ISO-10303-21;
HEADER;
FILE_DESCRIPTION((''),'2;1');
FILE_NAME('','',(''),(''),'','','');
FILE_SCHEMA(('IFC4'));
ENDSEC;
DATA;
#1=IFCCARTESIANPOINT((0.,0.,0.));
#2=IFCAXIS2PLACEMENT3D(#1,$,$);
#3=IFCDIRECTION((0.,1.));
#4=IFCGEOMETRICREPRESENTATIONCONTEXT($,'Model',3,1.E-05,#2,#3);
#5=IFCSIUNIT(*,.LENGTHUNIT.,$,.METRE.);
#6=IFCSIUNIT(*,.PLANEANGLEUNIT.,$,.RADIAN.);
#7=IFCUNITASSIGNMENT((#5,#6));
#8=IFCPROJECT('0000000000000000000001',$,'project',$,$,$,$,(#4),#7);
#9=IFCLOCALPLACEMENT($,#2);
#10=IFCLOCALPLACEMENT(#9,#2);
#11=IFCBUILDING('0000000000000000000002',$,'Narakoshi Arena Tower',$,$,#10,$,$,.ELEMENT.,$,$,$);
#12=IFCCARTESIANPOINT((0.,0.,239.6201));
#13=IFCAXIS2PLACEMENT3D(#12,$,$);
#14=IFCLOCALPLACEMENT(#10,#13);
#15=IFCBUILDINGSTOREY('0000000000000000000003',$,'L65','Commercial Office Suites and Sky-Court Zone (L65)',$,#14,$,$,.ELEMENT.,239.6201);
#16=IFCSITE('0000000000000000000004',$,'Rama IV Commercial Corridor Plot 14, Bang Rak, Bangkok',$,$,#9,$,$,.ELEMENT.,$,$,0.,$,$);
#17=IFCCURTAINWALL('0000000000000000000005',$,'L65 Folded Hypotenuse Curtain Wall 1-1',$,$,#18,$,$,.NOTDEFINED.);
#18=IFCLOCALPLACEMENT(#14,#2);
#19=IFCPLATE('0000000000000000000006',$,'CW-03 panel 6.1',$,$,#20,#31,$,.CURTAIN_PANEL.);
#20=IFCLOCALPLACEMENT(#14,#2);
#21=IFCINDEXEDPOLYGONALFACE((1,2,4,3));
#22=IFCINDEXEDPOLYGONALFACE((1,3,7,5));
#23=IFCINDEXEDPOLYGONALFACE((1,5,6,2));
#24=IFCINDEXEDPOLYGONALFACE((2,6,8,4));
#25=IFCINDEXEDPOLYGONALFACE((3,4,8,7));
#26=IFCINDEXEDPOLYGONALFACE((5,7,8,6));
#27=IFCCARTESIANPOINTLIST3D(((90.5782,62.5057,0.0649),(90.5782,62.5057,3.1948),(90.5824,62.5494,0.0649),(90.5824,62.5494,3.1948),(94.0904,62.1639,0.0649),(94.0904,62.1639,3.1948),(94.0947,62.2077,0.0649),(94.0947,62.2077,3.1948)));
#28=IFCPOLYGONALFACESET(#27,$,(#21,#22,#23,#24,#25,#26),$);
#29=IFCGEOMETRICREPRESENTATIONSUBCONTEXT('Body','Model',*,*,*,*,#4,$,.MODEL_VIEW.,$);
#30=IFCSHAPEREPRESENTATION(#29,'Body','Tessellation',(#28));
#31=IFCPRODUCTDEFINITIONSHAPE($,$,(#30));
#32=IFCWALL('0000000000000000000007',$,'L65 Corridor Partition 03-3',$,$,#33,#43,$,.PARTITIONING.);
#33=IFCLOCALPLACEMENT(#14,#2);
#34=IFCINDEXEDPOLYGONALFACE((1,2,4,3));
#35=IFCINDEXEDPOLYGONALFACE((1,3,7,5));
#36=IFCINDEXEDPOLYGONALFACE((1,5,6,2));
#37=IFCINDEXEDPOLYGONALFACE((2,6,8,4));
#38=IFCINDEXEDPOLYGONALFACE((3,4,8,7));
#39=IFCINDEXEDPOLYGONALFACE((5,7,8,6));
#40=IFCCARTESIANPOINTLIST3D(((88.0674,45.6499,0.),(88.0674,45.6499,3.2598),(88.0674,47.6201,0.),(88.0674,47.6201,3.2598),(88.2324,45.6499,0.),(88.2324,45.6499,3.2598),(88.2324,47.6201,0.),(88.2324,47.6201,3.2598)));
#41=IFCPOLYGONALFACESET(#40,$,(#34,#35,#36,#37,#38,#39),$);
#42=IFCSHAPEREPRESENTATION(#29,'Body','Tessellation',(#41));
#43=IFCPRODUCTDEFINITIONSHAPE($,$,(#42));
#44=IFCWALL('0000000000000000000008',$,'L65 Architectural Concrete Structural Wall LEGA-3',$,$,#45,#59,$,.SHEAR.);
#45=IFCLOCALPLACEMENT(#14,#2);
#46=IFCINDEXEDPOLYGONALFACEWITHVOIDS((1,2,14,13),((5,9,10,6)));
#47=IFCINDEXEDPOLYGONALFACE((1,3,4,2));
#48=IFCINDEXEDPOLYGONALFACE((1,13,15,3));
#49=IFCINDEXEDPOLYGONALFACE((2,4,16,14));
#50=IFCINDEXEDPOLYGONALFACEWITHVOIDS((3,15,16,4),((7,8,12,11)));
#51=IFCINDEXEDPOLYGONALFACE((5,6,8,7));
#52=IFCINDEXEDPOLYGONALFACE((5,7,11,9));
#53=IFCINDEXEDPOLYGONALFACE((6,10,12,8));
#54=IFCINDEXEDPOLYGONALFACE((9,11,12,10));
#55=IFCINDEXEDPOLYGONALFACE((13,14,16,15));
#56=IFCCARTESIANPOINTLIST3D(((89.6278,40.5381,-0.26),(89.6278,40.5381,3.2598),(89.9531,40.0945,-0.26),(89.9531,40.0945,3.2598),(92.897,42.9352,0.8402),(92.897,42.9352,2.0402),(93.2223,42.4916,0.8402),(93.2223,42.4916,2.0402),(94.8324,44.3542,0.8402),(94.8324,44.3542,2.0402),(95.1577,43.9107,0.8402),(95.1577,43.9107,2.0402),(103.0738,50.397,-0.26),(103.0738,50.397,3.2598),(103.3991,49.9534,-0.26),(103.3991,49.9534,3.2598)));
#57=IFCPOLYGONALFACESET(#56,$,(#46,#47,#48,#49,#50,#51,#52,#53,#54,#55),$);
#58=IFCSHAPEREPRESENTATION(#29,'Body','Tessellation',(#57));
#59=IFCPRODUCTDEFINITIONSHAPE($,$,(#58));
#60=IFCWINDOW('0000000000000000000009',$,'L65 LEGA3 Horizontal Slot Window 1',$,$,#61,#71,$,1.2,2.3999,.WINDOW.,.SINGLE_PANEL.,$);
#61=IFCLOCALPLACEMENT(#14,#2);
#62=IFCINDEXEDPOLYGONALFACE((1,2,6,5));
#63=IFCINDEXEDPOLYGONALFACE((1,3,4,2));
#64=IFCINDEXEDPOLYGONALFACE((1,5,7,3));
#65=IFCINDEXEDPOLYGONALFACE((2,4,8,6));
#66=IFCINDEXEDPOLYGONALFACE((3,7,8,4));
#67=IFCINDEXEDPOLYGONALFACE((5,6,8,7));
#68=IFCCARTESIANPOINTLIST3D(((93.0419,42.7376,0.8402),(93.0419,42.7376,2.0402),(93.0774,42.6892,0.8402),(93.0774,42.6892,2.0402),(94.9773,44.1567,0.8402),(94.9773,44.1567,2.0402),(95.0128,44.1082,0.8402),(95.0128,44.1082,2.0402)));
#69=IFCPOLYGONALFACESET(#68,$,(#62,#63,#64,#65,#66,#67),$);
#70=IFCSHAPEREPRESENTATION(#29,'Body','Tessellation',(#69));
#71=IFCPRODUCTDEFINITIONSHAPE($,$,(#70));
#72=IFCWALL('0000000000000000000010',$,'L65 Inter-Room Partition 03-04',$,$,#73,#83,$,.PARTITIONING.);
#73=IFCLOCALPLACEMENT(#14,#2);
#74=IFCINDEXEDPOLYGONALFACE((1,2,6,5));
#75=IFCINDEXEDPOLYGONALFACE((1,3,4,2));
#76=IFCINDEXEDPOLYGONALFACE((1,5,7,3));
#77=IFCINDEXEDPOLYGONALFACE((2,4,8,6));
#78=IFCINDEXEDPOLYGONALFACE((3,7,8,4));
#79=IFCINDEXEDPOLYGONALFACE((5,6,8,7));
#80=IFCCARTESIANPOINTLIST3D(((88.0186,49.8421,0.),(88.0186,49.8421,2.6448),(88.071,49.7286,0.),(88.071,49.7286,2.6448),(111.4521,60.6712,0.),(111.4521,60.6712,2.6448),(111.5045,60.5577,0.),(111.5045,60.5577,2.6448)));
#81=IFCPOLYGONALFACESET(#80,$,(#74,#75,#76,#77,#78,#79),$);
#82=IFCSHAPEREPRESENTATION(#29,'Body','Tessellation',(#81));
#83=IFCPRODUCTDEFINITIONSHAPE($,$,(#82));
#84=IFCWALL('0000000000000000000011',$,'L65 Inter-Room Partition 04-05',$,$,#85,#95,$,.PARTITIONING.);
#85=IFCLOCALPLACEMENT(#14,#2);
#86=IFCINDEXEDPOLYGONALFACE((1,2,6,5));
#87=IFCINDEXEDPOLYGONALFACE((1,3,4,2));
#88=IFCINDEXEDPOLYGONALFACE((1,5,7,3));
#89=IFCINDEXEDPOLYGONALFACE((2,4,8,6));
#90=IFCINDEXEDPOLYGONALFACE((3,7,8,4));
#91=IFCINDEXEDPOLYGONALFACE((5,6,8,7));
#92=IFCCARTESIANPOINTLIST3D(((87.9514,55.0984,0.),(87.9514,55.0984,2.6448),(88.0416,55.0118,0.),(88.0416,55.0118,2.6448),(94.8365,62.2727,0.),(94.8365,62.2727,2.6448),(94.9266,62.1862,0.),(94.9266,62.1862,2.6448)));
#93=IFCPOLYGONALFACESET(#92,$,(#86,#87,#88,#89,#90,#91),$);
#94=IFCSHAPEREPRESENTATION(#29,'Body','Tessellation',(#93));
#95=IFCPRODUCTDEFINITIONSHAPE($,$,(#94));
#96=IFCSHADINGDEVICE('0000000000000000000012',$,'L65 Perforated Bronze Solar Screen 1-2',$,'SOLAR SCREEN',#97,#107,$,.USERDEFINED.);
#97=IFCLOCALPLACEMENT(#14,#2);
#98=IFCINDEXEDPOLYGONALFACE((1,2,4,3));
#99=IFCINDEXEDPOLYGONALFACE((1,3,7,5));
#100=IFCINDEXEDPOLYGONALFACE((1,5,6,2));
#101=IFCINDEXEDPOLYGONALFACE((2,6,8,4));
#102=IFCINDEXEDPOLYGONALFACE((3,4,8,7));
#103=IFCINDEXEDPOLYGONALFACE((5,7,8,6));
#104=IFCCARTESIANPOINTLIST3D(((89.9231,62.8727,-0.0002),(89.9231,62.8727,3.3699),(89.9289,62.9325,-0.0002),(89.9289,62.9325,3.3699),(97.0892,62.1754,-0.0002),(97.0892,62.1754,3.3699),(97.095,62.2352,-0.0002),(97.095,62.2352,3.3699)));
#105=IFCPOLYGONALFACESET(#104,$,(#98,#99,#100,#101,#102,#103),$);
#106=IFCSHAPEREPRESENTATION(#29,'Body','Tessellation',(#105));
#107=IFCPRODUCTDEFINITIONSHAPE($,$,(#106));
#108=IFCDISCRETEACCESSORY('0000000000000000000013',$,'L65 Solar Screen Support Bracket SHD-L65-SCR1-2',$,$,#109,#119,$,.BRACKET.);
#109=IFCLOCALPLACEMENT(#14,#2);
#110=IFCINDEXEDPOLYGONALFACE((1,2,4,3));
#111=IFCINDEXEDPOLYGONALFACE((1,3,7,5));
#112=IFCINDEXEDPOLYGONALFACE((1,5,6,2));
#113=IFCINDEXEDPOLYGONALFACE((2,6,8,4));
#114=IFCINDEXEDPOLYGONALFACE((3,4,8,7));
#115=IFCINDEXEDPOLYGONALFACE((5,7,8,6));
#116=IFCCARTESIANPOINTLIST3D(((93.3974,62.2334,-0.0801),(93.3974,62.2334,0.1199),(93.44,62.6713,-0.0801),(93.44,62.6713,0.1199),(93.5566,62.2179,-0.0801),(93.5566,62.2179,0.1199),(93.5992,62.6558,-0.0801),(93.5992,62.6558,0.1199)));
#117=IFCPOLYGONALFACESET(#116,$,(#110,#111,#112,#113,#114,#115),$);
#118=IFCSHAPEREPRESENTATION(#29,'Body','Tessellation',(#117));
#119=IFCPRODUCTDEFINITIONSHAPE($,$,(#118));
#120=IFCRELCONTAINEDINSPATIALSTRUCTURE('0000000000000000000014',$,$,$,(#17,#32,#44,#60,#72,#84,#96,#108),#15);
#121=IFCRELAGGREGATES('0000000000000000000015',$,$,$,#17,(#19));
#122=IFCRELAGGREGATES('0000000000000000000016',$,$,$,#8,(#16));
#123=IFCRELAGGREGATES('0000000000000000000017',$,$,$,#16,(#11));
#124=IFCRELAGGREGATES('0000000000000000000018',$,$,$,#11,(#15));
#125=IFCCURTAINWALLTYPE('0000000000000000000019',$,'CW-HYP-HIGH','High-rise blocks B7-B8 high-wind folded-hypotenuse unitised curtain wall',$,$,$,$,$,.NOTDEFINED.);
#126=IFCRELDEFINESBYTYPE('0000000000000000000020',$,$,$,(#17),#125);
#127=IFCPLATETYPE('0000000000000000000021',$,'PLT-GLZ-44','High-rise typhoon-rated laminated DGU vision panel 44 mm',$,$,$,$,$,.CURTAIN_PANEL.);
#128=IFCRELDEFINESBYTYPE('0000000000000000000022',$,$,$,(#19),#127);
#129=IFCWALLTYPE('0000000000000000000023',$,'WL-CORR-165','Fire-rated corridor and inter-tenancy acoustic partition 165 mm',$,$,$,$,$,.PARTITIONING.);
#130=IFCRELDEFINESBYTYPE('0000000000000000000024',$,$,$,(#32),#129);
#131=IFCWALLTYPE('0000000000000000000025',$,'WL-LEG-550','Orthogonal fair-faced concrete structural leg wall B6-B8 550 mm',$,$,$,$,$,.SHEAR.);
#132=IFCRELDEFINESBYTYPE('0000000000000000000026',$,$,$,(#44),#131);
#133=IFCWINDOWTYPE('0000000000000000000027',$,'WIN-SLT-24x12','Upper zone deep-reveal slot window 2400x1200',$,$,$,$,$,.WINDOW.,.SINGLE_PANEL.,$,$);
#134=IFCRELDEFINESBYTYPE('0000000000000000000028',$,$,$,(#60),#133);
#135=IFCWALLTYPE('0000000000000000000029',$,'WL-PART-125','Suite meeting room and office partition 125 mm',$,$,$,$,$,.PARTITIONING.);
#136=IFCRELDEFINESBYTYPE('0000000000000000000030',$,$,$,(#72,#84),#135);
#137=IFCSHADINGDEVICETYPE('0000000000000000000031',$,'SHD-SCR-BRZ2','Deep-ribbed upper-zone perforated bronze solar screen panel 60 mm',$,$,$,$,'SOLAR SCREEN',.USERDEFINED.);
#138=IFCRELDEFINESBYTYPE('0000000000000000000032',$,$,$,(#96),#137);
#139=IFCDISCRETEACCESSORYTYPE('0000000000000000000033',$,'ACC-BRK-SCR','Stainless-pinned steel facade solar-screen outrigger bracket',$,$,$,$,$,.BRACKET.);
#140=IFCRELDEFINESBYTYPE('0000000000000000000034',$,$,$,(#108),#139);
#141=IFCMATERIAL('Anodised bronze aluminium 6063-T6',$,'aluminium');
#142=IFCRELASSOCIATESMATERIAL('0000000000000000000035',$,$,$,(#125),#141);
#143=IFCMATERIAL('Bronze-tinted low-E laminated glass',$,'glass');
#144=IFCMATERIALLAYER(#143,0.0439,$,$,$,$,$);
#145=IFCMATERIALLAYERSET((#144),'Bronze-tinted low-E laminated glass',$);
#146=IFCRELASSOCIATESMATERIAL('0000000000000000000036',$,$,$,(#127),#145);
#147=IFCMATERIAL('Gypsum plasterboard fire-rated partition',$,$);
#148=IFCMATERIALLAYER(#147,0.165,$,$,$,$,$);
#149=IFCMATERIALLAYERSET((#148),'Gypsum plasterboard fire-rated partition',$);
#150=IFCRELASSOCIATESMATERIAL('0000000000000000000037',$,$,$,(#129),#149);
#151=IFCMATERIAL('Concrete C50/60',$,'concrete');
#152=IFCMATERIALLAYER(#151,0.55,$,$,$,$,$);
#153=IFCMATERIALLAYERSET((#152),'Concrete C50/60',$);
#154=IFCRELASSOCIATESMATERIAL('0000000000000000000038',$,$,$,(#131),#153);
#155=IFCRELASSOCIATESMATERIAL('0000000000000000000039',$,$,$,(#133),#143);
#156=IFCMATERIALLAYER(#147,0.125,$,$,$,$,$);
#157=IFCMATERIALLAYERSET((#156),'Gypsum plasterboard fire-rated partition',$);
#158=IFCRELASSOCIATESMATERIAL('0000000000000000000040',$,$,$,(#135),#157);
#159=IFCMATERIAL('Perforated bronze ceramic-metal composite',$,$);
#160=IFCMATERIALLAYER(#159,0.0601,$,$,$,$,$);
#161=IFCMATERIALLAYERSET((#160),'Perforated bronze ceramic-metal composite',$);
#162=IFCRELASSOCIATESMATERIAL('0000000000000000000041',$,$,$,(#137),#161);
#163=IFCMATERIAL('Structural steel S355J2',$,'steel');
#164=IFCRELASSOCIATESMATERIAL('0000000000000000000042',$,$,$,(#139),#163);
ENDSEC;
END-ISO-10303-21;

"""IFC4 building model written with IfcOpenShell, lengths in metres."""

from ifc_helpers import new_model, si_unit, direction, frame, frame_2d, origin, origin_2d, place, context, subcontext, project, spatial, rectangle, extrude, material, layer, layer_set, type_object, element, fill, aggregate, save


model = new_model("IFC4")

# Units and contexts
model_context = context("Model", 3, precision=1e-05, world=origin(), true_north=direction((0.0, 1.0)))
body_context = subcontext(model_context, "Body", "Model", "MODEL_VIEW")
ifc_project = project(units=[si_unit("LENGTHUNIT", "METRE"), si_unit("PLANEANGLEUNIT", "RADIAN")], contexts=[model_context])

# Site, building, storey
site_placement = place(None, origin())
site = spatial("IfcSite", under=ifc_project, at=site_placement, Name="Rama IV Commercial Corridor Plot 14, Bang Rak, Bangkok", CompositionType="ELEMENT", RefElevation=0.0)
building_placement = place(site_placement, origin())
building = spatial("IfcBuilding", under=site, at=building_placement, Name="Narakoshi Arena Tower", CompositionType="ELEMENT")
storey_placement = place(building_placement, frame((0.0, 0.0, 239.6201)))
storey = spatial("IfcBuildingStorey", under=building, at=storey_placement, Name="L65", Description="Commercial Office Suites and Sky-Court Zone (L65)", CompositionType="ELEMENT", Elevation=239.6201)

# Shared definitions
ifc_material_1 = material(Name="Concrete C50/60", Category="concrete")

# Shared definitions
ifc_material_2 = material(Name="Structural steel S355J2", Category="steel")

# Curtain wall
ifc_material_3 = material(Name="Anodised bronze aluminium 6063-T6", Category="aluminium")
curtain_wall_type = type_object("IfcCurtainWallType", Name="CW-HYP-HIGH", Description="High-rise blocks B7-B8 high-wind folded-hypotenuse unitised curtain wall", PredefinedType="NOTDEFINED", material=ifc_material_3)
curtain_wall_1_placement = place(storey_placement, origin())
curtain_wall_1 = element("IfcCurtainWall", 1, at=curtain_wall_1_placement, inside=storey, type_object=curtain_wall_type, Name="L65 Folded Hypotenuse Curtain Wall 1-1", PredefinedType="NOTDEFINED")

# Plate
ifc_material_4 = material(Name="Bronze-tinted low-E laminated glass", Category="glass")
ifc_layer_1 = layer(ifc_material_4, 0.0439)
ifc_layer_set_1 = layer_set([ifc_layer_1], Name="Bronze-tinted low-E laminated glass")
plate_type = type_object("IfcPlateType", Name="PLT-GLZ-44", Description="High-rise typhoon-rated laminated DGU vision panel 44 mm", PredefinedType="CURTAIN_PANEL", material=ifc_layer_set_1)
plate_1_placement = place(storey_placement, frame((92.3364, 62.3567, 0.0649), z_axis=(0.0, 0.0, 1.0), x_axis=(-0.995299, 0.096851, 0.0)))
plate_1 = element("IfcPlate", 2, at=plate_1_placement, type_object=plate_type, Name="CW-03 panel 6.1", PredefinedType="CURTAIN_PANEL", context=body_context, shape_type="SweptSolid", body=[
    extrude(rectangle(XDim=3.5288, YDim=0.0439, at=origin_2d()), origin(), (0.0, 0.0, 1.0), 3.1299),
])
aggregate(curtain_wall_1, [plate_1])

# Wall
ifc_material_5 = material(Name="Gypsum plasterboard fire-rated partition")
ifc_layer_2 = layer(ifc_material_5, 0.165)
ifc_layer_set_2 = layer_set([ifc_layer_2], Name="Gypsum plasterboard fire-rated partition")
wall_type_1 = type_object("IfcWallType", Name="WL-CORR-165", Description="Fire-rated corridor and inter-tenancy acoustic partition 165 mm", PredefinedType="PARTITIONING", material=ifc_layer_set_2)
wall_1_placement = place(storey_placement, frame((88.1499, 45.6499, 0.0), z_axis=(0.0, 0.0, 1.0), x_axis=(0.0, 1.0, 0.0)))
element("IfcWall", 3, at=wall_1_placement, inside=storey, type_object=wall_type_1, Name="L65 Corridor Partition 03-3", PredefinedType="PARTITIONING", context=body_context, shape_type="SweptSolid", body=[
    extrude(rectangle(XDim=1.9702, YDim=0.165, at=frame_2d((0.9851, 0.0))), origin(), (0.0, 0.0, 1.0), 3.2598),
])

# Wall, opening, window
ifc_layer_3 = layer(ifc_material_1, 0.55)
ifc_layer_set_3 = layer_set([ifc_layer_3], Name="Concrete C50/60")
wall_type_2 = type_object("IfcWallType", Name="WL-LEG-550", Description="Orthogonal fair-faced concrete structural leg wall B6-B8 550 mm", PredefinedType="SHEAR", material=ifc_layer_set_3)
wall_2_placement = place(storey_placement, frame((89.7905, 40.3164, -0.26), z_axis=(0.0, 0.0, 1.0), x_axis=(0.806449, 0.591303, 0.0)))
wall_2 = element("IfcWall", 4, at=wall_2_placement, inside=storey, type_object=wall_type_2, Name="L65 Architectural Concrete Structural Wall LEGA-3", PredefinedType="SHEAR", context=body_context, shape_type="SweptSolid", body=[
    extrude(rectangle(XDim=16.6731, YDim=0.55, at=frame_2d((8.3364, 0.0))), origin(), (0.0, 0.0, 1.0), 3.5198),
])
opening_placement = place(wall_2_placement, frame((4.0537, 0.0, 1.1001)))
opening = element("IfcOpeningElement", 5, at=opening_placement, cuts=wall_2, PredefinedType="OPENING", context=body_context, shape_type="SweptSolid", body=[
    extrude(rectangle(XDim=2.3999, YDim=1.2, at=frame_2d((1.2, 0.6001))), frame((0.0, 0.2849, 0.0), z_axis=(0.0, -1.0, 0.0), x_axis=(1.0, 0.0, 0.0)), (0.0, 0.0, 1.0), 0.5701),
])
window_type = type_object("IfcWindowType", Name="WIN-SLT-24x12", Description="Upper zone deep-reveal slot window 2400x1200", PartitioningType="SINGLE_PANEL", PredefinedType="WINDOW", material=ifc_material_4)
window_placement = place(opening_placement, origin())
window = element("IfcWindow", 6, at=window_placement, inside=storey, type_object=window_type, Name="L65 LEGA3 Horizontal Slot Window 1", OverallHeight=1.2, OverallWidth=2.3999, PartitioningType="SINGLE_PANEL", PredefinedType="WINDOW", context=body_context, shape_type="SweptSolid", body=[
    extrude(rectangle(XDim=2.3999, YDim=1.2, at=frame_2d((1.2, 0.6001))), frame((0.0, 0.03, 0.0), z_axis=(0.0, -1.0, 0.0), x_axis=(1.0, 0.0, 0.0)), (0.0, 0.0, 1.0), 0.0601),
])
fill(opening, window)

# Walls
ifc_layer_4 = layer(ifc_material_5, 0.125)
ifc_layer_set_4 = layer_set([ifc_layer_4], Name="Gypsum plasterboard fire-rated partition")
wall_type_3 = type_object("IfcWallType", Name="WL-PART-125", Description="Suite meeting room and office partition 125 mm", PredefinedType="PARTITIONING", material=ifc_layer_set_4)
wall_3_placement = place(storey_placement, frame((88.0449, 49.7854, 0.0), z_axis=(0.0, 0.0, 1.0), x_axis=(0.907759, 0.419492, 0.0)))
element("IfcWall", 7, at=wall_3_placement, inside=storey, type_object=wall_type_3, Name="L65 Inter-Room Partition 03-04", PredefinedType="PARTITIONING", context=body_context, shape_type="SweptSolid", body=[
    extrude(rectangle(XDim=25.8147, YDim=0.125, at=frame_2d((12.9072, 0.0))), origin(), (0.0, 0.0, 1.0), 2.6448),
])
wall_4_placement = place(storey_placement, frame((87.9966, 55.0552, 0.0), z_axis=(0.0, 0.0, 1.0), x_axis=(0.69241, 0.721505, 0.0)))
element("IfcWall", 8, at=wall_4_placement, inside=storey, type_object=wall_type_3, Name="L65 Inter-Room Partition 04-05", PredefinedType="PARTITIONING", context=body_context, shape_type="SweptSolid", body=[
    extrude(rectangle(XDim=9.9436, YDim=0.125, at=frame_2d((4.9717, 0.0))), origin(), (0.0, 0.0, 1.0), 2.6448),
])

# Shading device
ifc_material_6 = material(Name="Perforated bronze ceramic-metal composite")
ifc_layer_5 = layer(ifc_material_6, 0.0601)
ifc_layer_set_5 = layer_set([ifc_layer_5], Name="Perforated bronze ceramic-metal composite")
shading_device_type = type_object("IfcShadingDeviceType", Name="SHD-SCR-BRZ2", Description="Deep-ribbed upper-zone perforated bronze solar screen panel 60 mm", ElementType="SOLAR SCREEN", PredefinedType="USERDEFINED", material=ifc_layer_set_5)
shading_device_placement = place(storey_placement, frame((93.509, 62.554, -0.0002), z_axis=(0.0, 0.0, 1.0), x_axis=(-0.995299, 0.096853, 0.0)))
element("IfcShadingDevice", 9, at=shading_device_placement, inside=storey, type_object=shading_device_type, Name="L65 Perforated Bronze Solar Screen 1-2", ObjectType="SOLAR SCREEN", PredefinedType="USERDEFINED", context=body_context, shape_type="SweptSolid", body=[
    extrude(rectangle(XDim=7.2, YDim=0.0601, at=origin_2d()), origin(), (0.0, 0.0, 1.0), 3.3701),
])

# Discrete accessory
discrete_accessory_type = type_object("IfcDiscreteAccessoryType", Name="ACC-BRK-SCR", Description="Stainless-pinned steel facade solar-screen outrigger bracket", PredefinedType="BRACKET", material=ifc_material_2)
discrete_accessory_placement = place(storey_placement, frame((93.4983, 62.4446, -0.0801), z_axis=(0.0, 0.0, 1.0), x_axis=(-0.995299, 0.096853, 0.0)))
element("IfcDiscreteAccessory", 10, at=discrete_accessory_placement, inside=storey, type_object=discrete_accessory_type, Name="L65 Solar Screen Support Bracket SHD-L65-SCR1-2", PredefinedType="BRACKET", context=body_context, shape_type="SweptSolid", body=[
    extrude(rectangle(XDim=0.1599, YDim=0.4399, at=origin_2d()), origin(), (0.0, 0.0, 1.0), 0.2),
])

save(model, "model.ifc")
